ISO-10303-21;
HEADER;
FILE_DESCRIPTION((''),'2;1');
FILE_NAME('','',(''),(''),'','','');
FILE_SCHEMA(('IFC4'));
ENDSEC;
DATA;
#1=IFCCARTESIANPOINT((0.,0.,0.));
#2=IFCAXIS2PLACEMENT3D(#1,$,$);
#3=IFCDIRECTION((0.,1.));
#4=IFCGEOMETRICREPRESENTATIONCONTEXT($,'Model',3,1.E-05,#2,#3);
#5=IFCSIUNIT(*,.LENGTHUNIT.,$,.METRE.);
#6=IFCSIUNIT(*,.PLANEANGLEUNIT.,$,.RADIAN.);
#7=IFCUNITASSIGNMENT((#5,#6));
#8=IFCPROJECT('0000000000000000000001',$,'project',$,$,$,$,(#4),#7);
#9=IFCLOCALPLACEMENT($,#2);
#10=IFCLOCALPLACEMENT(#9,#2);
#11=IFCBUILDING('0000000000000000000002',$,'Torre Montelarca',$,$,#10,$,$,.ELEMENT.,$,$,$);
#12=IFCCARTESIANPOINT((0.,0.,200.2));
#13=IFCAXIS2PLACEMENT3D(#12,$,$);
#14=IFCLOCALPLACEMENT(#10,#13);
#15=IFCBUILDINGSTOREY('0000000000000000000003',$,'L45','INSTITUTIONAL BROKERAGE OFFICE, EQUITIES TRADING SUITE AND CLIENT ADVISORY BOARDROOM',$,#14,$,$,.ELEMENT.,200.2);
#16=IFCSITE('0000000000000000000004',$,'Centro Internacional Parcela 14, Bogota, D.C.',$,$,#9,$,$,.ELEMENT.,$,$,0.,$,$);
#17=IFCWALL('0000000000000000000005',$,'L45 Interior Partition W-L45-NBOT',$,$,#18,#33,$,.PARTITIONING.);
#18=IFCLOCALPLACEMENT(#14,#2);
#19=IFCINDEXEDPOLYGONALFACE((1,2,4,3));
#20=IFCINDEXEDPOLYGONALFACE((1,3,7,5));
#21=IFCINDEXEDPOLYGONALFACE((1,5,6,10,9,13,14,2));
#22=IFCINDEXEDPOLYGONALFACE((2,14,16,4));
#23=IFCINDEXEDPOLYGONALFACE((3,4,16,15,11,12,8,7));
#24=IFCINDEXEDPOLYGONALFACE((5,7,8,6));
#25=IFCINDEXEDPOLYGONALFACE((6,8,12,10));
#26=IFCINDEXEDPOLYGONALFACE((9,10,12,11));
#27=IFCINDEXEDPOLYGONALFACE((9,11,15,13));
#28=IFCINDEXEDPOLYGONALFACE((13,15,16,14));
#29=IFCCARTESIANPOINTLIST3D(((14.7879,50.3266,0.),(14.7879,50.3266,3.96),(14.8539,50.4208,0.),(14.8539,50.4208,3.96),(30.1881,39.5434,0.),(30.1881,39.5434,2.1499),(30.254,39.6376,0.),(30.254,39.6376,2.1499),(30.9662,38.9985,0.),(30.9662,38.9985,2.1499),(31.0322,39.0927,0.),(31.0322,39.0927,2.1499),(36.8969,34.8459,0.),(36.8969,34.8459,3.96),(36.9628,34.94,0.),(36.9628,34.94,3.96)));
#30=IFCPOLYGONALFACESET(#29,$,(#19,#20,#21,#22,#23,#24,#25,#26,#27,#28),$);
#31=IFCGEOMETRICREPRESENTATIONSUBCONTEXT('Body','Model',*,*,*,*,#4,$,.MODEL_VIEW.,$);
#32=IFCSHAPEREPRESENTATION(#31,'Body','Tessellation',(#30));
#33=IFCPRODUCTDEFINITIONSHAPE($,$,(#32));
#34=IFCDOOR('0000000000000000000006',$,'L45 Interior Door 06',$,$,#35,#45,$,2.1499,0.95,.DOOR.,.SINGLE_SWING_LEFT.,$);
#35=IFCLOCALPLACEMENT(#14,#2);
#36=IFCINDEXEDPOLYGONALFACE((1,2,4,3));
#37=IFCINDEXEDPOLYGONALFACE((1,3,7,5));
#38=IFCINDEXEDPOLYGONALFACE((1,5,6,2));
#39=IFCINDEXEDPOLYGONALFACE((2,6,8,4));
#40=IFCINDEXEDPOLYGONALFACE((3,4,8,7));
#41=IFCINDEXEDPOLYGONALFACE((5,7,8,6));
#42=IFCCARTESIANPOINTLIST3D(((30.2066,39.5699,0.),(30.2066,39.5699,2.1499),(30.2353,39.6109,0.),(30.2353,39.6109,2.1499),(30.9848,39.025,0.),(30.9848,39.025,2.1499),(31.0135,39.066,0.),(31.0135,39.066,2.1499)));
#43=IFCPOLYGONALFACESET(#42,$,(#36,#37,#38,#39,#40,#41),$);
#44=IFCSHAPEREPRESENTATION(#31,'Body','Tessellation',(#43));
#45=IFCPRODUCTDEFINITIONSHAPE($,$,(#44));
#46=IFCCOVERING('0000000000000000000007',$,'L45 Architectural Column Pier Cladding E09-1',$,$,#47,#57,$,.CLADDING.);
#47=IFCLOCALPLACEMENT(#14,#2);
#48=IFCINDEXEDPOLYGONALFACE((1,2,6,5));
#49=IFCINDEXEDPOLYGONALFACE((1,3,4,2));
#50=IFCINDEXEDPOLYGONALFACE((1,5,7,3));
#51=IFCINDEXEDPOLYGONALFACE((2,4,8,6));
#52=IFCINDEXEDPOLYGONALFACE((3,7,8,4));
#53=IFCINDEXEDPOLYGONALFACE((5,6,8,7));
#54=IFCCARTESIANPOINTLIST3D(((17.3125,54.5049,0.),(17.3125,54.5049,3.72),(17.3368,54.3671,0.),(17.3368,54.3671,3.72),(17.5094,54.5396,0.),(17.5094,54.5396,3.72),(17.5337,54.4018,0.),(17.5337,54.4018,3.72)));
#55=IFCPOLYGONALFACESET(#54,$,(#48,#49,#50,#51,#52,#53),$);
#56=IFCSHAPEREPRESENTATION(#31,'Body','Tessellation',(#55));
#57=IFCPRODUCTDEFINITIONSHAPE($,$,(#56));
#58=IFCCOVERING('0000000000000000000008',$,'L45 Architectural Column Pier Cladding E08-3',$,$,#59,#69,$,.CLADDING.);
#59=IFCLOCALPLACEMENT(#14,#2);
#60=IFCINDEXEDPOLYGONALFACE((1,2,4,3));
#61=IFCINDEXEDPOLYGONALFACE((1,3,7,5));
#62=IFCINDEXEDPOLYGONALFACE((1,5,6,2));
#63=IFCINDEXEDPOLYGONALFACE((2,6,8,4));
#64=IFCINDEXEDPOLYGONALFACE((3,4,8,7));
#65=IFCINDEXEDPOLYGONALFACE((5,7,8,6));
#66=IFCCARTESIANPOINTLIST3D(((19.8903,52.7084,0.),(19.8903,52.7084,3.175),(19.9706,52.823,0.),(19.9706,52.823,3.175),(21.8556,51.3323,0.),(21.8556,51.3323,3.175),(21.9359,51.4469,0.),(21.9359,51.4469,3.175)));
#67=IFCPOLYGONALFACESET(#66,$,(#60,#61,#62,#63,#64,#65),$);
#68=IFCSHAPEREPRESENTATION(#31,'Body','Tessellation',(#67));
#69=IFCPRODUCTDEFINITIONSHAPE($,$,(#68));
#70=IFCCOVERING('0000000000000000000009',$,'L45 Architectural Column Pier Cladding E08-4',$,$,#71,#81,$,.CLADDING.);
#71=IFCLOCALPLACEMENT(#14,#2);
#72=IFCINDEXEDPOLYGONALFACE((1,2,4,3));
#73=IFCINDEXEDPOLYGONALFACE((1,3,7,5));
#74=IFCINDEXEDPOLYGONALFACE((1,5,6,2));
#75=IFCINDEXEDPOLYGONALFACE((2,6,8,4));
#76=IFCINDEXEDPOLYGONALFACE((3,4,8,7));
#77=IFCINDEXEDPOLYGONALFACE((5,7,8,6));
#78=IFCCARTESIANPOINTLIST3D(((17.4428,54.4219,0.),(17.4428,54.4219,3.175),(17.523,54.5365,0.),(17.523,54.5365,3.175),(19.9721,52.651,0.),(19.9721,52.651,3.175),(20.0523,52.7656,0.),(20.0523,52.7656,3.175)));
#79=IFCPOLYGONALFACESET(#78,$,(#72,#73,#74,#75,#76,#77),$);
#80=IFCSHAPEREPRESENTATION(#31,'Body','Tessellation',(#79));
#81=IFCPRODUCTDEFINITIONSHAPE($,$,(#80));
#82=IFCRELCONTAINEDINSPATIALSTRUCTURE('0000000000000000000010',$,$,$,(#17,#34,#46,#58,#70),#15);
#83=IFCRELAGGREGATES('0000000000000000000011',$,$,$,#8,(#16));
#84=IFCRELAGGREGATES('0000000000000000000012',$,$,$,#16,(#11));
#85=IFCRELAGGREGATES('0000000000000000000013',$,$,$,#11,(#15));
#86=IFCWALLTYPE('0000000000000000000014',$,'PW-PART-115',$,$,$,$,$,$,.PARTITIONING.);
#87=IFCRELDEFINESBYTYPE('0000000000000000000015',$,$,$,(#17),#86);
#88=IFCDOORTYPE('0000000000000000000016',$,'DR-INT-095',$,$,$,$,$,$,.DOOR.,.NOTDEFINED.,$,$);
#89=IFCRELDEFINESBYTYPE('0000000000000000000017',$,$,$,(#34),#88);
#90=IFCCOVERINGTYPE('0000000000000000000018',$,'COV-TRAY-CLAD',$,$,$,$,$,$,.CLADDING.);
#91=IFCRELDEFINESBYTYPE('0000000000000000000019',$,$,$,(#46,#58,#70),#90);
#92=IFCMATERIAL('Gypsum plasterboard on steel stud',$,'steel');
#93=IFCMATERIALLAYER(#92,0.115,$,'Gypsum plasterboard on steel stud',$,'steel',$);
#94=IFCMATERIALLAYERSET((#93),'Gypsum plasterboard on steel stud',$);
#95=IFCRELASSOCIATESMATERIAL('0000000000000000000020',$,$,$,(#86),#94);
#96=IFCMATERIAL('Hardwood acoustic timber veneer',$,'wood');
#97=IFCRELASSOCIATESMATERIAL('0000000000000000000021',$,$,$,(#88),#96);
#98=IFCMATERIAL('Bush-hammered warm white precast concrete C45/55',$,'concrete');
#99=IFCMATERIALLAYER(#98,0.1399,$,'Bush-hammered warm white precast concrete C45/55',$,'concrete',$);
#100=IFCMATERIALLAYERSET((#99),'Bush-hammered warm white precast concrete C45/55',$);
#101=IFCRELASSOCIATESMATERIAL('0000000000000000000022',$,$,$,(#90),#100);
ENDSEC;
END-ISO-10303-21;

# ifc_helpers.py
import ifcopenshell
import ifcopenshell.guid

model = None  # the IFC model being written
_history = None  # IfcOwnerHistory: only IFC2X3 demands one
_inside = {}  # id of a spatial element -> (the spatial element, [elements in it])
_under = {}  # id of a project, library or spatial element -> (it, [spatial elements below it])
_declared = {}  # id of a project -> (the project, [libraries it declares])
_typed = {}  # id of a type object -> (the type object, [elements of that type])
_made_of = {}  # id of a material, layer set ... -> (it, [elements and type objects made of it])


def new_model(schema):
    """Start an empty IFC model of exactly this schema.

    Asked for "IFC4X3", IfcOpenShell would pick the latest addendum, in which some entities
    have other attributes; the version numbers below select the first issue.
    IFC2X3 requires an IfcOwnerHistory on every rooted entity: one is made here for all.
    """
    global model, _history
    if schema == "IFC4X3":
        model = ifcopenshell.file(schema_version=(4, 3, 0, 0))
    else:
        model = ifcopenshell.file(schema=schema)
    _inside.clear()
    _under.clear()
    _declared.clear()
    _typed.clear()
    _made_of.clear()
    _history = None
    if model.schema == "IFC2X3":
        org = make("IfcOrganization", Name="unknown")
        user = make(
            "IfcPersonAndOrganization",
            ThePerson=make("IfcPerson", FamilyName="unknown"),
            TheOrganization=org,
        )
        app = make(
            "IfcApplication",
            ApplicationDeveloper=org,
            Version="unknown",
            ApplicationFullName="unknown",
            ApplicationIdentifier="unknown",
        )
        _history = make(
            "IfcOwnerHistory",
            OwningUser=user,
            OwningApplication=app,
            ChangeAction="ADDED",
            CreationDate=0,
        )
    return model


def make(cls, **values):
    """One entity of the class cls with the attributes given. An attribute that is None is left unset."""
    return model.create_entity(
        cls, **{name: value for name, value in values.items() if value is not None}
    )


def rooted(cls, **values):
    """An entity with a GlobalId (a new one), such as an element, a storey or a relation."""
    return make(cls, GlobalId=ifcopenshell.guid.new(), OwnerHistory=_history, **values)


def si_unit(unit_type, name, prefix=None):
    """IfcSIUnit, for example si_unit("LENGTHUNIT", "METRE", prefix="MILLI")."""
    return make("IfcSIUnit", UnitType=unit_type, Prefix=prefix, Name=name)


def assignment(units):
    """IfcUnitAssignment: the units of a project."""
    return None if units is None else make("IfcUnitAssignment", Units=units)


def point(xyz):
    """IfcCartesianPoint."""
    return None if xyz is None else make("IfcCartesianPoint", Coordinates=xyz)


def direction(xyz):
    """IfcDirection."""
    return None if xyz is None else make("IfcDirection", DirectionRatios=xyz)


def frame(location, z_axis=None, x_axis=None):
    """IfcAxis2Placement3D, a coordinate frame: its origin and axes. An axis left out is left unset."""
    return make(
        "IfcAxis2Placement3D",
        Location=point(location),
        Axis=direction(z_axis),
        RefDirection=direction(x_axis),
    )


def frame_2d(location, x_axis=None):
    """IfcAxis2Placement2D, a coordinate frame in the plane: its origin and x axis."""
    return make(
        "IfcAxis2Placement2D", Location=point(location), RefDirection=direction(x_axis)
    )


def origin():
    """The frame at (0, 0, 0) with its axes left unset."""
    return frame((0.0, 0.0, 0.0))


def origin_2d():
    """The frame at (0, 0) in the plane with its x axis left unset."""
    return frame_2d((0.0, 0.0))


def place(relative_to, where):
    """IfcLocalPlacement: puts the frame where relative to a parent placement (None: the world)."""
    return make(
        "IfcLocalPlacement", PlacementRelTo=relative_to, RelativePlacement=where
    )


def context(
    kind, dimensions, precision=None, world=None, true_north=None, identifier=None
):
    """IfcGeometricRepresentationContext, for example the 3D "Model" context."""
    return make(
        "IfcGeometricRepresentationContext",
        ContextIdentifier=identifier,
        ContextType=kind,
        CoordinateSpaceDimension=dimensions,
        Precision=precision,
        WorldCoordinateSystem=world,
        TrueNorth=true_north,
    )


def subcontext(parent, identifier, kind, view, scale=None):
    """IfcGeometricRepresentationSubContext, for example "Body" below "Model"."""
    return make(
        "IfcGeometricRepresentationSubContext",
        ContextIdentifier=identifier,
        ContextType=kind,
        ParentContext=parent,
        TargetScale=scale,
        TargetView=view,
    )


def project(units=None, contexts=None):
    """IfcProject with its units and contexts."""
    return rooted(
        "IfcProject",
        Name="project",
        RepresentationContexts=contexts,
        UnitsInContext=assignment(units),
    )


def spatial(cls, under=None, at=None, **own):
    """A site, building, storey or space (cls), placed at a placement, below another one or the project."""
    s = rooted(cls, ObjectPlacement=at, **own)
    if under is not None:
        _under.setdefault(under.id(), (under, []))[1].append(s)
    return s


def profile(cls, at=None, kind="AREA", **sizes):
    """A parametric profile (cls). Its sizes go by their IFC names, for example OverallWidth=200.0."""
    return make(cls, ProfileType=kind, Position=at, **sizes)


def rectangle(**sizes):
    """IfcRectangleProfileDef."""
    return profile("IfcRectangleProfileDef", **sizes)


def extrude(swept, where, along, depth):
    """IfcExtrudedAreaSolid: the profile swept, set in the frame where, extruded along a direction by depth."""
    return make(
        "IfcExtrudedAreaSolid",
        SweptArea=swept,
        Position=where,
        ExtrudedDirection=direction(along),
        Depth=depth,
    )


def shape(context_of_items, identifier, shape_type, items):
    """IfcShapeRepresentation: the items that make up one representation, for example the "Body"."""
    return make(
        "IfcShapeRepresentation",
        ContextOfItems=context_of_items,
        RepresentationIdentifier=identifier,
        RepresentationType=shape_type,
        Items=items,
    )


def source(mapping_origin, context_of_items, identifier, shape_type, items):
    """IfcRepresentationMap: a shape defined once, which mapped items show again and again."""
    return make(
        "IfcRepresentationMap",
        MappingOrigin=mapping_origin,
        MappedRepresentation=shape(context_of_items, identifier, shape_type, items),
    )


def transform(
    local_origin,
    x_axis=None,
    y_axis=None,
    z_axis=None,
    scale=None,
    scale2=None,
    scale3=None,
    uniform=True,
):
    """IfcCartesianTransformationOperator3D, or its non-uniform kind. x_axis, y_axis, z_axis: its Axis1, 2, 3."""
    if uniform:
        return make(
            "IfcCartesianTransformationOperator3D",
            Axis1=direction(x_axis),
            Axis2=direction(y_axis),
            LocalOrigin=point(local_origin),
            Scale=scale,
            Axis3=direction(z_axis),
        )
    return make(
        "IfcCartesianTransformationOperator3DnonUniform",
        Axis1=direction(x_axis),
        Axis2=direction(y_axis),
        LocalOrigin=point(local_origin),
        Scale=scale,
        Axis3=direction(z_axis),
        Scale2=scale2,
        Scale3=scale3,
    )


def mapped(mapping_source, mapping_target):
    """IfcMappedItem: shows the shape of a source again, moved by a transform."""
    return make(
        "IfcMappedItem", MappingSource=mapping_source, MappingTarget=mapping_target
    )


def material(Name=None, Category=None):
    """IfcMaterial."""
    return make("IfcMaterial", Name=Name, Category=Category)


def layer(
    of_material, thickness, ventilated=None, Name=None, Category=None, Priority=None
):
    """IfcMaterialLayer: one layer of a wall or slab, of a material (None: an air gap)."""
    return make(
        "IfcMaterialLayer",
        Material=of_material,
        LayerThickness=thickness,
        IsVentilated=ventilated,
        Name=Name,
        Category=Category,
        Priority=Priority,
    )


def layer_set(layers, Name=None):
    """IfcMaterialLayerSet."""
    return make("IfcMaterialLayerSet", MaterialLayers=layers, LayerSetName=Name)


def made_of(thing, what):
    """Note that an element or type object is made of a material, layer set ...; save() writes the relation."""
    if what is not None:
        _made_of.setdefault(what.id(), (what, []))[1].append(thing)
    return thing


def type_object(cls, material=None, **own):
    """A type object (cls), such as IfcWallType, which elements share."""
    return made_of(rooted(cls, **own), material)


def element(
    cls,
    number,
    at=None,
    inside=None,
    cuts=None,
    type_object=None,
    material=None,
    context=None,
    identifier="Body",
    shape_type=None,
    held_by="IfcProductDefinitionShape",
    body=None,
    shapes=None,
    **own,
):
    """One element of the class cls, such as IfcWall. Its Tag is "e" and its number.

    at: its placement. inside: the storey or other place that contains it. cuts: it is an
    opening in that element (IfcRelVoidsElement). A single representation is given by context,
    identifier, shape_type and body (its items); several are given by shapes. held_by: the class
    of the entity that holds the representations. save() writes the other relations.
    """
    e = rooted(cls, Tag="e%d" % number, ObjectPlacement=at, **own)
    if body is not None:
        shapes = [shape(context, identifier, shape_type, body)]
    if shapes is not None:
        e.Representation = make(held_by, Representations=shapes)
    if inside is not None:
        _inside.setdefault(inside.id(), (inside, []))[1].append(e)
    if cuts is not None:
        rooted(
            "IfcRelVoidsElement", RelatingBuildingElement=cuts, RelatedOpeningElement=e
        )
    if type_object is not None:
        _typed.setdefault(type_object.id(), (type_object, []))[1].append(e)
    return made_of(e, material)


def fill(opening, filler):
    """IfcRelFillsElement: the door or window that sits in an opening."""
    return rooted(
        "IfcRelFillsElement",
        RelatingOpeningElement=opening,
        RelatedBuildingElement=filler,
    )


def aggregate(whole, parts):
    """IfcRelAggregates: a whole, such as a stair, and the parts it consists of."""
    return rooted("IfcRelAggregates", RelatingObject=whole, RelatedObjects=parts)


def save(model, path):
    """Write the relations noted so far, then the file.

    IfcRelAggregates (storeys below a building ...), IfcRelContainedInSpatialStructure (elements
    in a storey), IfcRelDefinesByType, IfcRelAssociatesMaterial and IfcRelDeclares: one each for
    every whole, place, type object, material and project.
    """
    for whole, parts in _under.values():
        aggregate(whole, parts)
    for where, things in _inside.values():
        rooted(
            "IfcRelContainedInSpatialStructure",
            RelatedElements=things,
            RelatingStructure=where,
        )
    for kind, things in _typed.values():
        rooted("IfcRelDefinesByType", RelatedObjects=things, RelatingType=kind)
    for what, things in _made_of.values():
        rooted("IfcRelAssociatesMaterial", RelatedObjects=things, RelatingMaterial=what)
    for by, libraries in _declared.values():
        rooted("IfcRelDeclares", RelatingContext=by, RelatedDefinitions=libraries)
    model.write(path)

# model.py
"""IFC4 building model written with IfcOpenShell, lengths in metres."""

from ifc_helpers import new_model, si_unit, direction, frame, frame_2d, origin, origin_2d, place, context, subcontext, project, spatial, rectangle, extrude, source, transform, mapped, material, layer, layer_set, type_object, element, fill, save


model = new_model("IFC4")

# Units and contexts
model_context = context("Model", 3, precision=1e-05, world=origin(), true_north=direction((0.0, 1.0)))
body_context = subcontext(model_context, "Body", "Model", "MODEL_VIEW")
ifc_project = project(units=[si_unit("LENGTHUNIT", "METRE"), si_unit("PLANEANGLEUNIT", "RADIAN")], contexts=[model_context])

# Site, building, storey
site_placement = place(None, origin())
site = spatial("IfcSite", under=ifc_project, at=site_placement, Name="Centro Internacional Parcela 14, Bogota, D.C.", CompositionType="ELEMENT", RefElevation=0.0)
building_placement = place(site_placement, origin())
building = spatial("IfcBuilding", under=site, at=building_placement, Name="Torre Montelarca", CompositionType="ELEMENT")
storey_placement = place(building_placement, frame((0.0, 0.0, 200.2)))
storey = spatial("IfcBuildingStorey", under=building, at=storey_placement, Name="L45", Description="INSTITUTIONAL BROKERAGE OFFICE, EQUITIES TRADING SUITE AND CLIENT ADVISORY BOARDROOM", CompositionType="ELEMENT", Elevation=200.2)

# Wall, opening, door
ifc_material_1 = material(Name="Gypsum plasterboard on steel stud", Category="steel")
ifc_layer_1 = layer(ifc_material_1, 0.115, Name="Gypsum plasterboard on steel stud", Category="steel")
ifc_layer_set_1 = layer_set([ifc_layer_1], Name="Gypsum plasterboard on steel stud")
wall_type = type_object("IfcWallType", Name="PW-PART-115", PredefinedType="PARTITIONING", material=ifc_layer_set_1)
wall_placement = place(storey_placement, frame((14.8208, 50.3738, 0.0), z_axis=(0.0, 0.0, 1.0), x_axis=(0.819154, -0.573574, 0.0)))
wall = element("IfcWall", 1, at=wall_placement, inside=storey, type_object=wall_type, Name="L45 Interior Partition W-L45-NBOT", PredefinedType="PARTITIONING", context=body_context, shape_type="SweptSolid", body=[
    extrude(rectangle(XDim=26.99, YDim=0.115, at=frame_2d((13.4951, 0.0))), origin(), (0.0, 0.0, 1.0), 3.96),
])
opening_placement = place(wall_placement, frame((18.8, 0.0, 0.0)))
opening = element("IfcOpeningElement", 2, at=opening_placement, cuts=wall, PredefinedType="OPENING", context=body_context, shape_type="SweptSolid", body=[
    extrude(rectangle(XDim=0.95, YDim=2.1499, at=frame_2d((0.4751, 1.075))), frame((0.0, 0.0674, 0.0), z_axis=(0.0, -1.0, 0.0), x_axis=(1.0, 0.0, 0.0)), (0.0, 0.0, 1.0), 0.135),
])
ifc_material_2 = material(Name="Hardwood acoustic timber veneer", Category="wood")
door_type = type_object("IfcDoorType", Name="DR-INT-095", OperationType="NOTDEFINED", PredefinedType="DOOR", material=ifc_material_2)
shared_shape_1 = source(origin(), body_context, "Body", "SweptSolid", [
    extrude(rectangle(XDim=0.95, YDim=2.1499, at=frame_2d((0.4751, 1.075))), frame((0.0, 0.0249, 0.0), z_axis=(0.0, -1.0, 0.0), x_axis=(1.0, 0.0, 0.0)), (0.0, 0.0, 1.0), 0.05),
])
door_placement = place(opening_placement, origin())
door = element("IfcDoor", 3, at=door_placement, inside=storey, type_object=door_type, Name="L45 Interior Door 06", OperationType="SINGLE_SWING_LEFT", OverallHeight=2.1499, OverallWidth=0.95, PredefinedType="DOOR", context=body_context, shape_type="MappedRepresentation", body=[
    mapped(shared_shape_1, transform((0.0, 0.0, 0.0), scale=1.0)),
])
fill(opening, door)

# Coverings
ifc_material_3 = material(Name="Bush-hammered warm white precast concrete C45/55", Category="concrete")
ifc_layer_2 = layer(ifc_material_3, 0.1399, Name="Bush-hammered warm white precast concrete C45/55", Category="concrete")
ifc_layer_set_2 = layer_set([ifc_layer_2], Name="Bush-hammered warm white precast concrete C45/55")
covering_type = type_object("IfcCoveringType", Name="COV-TRAY-CLAD", PredefinedType="CLADDING", material=ifc_layer_set_2)
shared_shape_2 = source(origin(), body_context, "Body", "SweptSolid", [
    extrude(rectangle(XDim=0.2, YDim=0.1399, at=origin_2d()), origin(), (0.0, 0.0, 1.0), 3.72),
])
covering_1_placement = place(storey_placement, frame((17.4231, 54.4534, 0.0), z_axis=(0.0, 0.0, 1.0), x_axis=(-0.984808, -0.173645, 0.0)))
element("IfcCovering", 4, at=covering_1_placement, inside=storey, type_object=covering_type, Name="L45 Architectural Column Pier Cladding E09-1", PredefinedType="CLADDING", context=body_context, shape_type="MappedRepresentation", body=[
    mapped(shared_shape_2, transform((0.0, 0.0, 0.0), scale=1.0)),
])
shared_shape_3 = source(origin(), body_context, "Body", "SweptSolid", [
    extrude(rectangle(XDim=2.3992, YDim=0.1399, at=origin_2d()), origin(), (0.0, 0.0, 1.0), 3.175),
])
covering_2_placement = place(storey_placement, frame((20.9131, 52.0776, 0.0), z_axis=(0.0, 0.0, 1.0), x_axis=(-0.819154, 0.573574, 0.0)))
element("IfcCovering", 5, at=covering_2_placement, inside=storey, type_object=covering_type, Name="L45 Architectural Column Pier Cladding E08-3", PredefinedType="CLADDING", context=body_context, shape_type="MappedRepresentation", body=[
    mapped(shared_shape_3, transform((0.0, 0.0, 0.0), scale=1.0)),
])
shared_shape_4 = source(origin(), body_context, "Body", "SweptSolid", [
    extrude(rectangle(XDim=3.0876, YDim=0.1399, at=origin_2d()), origin(), (0.0, 0.0, 1.0), 3.175),
])
covering_3_placement = place(storey_placement, frame((18.7476, 53.5938, 0.0), z_axis=(0.0, 0.0, 1.0), x_axis=(-0.819154, 0.573574, 0.0)))
element("IfcCovering", 6, at=covering_3_placement, inside=storey, type_object=covering_type, Name="L45 Architectural Column Pier Cladding E08-4", PredefinedType="CLADDING", context=body_context, shape_type="MappedRepresentation", body=[
    mapped(shared_shape_4, transform((0.0, 0.0, 0.0), scale=1.0)),
])

save(model, "model.ifc")
